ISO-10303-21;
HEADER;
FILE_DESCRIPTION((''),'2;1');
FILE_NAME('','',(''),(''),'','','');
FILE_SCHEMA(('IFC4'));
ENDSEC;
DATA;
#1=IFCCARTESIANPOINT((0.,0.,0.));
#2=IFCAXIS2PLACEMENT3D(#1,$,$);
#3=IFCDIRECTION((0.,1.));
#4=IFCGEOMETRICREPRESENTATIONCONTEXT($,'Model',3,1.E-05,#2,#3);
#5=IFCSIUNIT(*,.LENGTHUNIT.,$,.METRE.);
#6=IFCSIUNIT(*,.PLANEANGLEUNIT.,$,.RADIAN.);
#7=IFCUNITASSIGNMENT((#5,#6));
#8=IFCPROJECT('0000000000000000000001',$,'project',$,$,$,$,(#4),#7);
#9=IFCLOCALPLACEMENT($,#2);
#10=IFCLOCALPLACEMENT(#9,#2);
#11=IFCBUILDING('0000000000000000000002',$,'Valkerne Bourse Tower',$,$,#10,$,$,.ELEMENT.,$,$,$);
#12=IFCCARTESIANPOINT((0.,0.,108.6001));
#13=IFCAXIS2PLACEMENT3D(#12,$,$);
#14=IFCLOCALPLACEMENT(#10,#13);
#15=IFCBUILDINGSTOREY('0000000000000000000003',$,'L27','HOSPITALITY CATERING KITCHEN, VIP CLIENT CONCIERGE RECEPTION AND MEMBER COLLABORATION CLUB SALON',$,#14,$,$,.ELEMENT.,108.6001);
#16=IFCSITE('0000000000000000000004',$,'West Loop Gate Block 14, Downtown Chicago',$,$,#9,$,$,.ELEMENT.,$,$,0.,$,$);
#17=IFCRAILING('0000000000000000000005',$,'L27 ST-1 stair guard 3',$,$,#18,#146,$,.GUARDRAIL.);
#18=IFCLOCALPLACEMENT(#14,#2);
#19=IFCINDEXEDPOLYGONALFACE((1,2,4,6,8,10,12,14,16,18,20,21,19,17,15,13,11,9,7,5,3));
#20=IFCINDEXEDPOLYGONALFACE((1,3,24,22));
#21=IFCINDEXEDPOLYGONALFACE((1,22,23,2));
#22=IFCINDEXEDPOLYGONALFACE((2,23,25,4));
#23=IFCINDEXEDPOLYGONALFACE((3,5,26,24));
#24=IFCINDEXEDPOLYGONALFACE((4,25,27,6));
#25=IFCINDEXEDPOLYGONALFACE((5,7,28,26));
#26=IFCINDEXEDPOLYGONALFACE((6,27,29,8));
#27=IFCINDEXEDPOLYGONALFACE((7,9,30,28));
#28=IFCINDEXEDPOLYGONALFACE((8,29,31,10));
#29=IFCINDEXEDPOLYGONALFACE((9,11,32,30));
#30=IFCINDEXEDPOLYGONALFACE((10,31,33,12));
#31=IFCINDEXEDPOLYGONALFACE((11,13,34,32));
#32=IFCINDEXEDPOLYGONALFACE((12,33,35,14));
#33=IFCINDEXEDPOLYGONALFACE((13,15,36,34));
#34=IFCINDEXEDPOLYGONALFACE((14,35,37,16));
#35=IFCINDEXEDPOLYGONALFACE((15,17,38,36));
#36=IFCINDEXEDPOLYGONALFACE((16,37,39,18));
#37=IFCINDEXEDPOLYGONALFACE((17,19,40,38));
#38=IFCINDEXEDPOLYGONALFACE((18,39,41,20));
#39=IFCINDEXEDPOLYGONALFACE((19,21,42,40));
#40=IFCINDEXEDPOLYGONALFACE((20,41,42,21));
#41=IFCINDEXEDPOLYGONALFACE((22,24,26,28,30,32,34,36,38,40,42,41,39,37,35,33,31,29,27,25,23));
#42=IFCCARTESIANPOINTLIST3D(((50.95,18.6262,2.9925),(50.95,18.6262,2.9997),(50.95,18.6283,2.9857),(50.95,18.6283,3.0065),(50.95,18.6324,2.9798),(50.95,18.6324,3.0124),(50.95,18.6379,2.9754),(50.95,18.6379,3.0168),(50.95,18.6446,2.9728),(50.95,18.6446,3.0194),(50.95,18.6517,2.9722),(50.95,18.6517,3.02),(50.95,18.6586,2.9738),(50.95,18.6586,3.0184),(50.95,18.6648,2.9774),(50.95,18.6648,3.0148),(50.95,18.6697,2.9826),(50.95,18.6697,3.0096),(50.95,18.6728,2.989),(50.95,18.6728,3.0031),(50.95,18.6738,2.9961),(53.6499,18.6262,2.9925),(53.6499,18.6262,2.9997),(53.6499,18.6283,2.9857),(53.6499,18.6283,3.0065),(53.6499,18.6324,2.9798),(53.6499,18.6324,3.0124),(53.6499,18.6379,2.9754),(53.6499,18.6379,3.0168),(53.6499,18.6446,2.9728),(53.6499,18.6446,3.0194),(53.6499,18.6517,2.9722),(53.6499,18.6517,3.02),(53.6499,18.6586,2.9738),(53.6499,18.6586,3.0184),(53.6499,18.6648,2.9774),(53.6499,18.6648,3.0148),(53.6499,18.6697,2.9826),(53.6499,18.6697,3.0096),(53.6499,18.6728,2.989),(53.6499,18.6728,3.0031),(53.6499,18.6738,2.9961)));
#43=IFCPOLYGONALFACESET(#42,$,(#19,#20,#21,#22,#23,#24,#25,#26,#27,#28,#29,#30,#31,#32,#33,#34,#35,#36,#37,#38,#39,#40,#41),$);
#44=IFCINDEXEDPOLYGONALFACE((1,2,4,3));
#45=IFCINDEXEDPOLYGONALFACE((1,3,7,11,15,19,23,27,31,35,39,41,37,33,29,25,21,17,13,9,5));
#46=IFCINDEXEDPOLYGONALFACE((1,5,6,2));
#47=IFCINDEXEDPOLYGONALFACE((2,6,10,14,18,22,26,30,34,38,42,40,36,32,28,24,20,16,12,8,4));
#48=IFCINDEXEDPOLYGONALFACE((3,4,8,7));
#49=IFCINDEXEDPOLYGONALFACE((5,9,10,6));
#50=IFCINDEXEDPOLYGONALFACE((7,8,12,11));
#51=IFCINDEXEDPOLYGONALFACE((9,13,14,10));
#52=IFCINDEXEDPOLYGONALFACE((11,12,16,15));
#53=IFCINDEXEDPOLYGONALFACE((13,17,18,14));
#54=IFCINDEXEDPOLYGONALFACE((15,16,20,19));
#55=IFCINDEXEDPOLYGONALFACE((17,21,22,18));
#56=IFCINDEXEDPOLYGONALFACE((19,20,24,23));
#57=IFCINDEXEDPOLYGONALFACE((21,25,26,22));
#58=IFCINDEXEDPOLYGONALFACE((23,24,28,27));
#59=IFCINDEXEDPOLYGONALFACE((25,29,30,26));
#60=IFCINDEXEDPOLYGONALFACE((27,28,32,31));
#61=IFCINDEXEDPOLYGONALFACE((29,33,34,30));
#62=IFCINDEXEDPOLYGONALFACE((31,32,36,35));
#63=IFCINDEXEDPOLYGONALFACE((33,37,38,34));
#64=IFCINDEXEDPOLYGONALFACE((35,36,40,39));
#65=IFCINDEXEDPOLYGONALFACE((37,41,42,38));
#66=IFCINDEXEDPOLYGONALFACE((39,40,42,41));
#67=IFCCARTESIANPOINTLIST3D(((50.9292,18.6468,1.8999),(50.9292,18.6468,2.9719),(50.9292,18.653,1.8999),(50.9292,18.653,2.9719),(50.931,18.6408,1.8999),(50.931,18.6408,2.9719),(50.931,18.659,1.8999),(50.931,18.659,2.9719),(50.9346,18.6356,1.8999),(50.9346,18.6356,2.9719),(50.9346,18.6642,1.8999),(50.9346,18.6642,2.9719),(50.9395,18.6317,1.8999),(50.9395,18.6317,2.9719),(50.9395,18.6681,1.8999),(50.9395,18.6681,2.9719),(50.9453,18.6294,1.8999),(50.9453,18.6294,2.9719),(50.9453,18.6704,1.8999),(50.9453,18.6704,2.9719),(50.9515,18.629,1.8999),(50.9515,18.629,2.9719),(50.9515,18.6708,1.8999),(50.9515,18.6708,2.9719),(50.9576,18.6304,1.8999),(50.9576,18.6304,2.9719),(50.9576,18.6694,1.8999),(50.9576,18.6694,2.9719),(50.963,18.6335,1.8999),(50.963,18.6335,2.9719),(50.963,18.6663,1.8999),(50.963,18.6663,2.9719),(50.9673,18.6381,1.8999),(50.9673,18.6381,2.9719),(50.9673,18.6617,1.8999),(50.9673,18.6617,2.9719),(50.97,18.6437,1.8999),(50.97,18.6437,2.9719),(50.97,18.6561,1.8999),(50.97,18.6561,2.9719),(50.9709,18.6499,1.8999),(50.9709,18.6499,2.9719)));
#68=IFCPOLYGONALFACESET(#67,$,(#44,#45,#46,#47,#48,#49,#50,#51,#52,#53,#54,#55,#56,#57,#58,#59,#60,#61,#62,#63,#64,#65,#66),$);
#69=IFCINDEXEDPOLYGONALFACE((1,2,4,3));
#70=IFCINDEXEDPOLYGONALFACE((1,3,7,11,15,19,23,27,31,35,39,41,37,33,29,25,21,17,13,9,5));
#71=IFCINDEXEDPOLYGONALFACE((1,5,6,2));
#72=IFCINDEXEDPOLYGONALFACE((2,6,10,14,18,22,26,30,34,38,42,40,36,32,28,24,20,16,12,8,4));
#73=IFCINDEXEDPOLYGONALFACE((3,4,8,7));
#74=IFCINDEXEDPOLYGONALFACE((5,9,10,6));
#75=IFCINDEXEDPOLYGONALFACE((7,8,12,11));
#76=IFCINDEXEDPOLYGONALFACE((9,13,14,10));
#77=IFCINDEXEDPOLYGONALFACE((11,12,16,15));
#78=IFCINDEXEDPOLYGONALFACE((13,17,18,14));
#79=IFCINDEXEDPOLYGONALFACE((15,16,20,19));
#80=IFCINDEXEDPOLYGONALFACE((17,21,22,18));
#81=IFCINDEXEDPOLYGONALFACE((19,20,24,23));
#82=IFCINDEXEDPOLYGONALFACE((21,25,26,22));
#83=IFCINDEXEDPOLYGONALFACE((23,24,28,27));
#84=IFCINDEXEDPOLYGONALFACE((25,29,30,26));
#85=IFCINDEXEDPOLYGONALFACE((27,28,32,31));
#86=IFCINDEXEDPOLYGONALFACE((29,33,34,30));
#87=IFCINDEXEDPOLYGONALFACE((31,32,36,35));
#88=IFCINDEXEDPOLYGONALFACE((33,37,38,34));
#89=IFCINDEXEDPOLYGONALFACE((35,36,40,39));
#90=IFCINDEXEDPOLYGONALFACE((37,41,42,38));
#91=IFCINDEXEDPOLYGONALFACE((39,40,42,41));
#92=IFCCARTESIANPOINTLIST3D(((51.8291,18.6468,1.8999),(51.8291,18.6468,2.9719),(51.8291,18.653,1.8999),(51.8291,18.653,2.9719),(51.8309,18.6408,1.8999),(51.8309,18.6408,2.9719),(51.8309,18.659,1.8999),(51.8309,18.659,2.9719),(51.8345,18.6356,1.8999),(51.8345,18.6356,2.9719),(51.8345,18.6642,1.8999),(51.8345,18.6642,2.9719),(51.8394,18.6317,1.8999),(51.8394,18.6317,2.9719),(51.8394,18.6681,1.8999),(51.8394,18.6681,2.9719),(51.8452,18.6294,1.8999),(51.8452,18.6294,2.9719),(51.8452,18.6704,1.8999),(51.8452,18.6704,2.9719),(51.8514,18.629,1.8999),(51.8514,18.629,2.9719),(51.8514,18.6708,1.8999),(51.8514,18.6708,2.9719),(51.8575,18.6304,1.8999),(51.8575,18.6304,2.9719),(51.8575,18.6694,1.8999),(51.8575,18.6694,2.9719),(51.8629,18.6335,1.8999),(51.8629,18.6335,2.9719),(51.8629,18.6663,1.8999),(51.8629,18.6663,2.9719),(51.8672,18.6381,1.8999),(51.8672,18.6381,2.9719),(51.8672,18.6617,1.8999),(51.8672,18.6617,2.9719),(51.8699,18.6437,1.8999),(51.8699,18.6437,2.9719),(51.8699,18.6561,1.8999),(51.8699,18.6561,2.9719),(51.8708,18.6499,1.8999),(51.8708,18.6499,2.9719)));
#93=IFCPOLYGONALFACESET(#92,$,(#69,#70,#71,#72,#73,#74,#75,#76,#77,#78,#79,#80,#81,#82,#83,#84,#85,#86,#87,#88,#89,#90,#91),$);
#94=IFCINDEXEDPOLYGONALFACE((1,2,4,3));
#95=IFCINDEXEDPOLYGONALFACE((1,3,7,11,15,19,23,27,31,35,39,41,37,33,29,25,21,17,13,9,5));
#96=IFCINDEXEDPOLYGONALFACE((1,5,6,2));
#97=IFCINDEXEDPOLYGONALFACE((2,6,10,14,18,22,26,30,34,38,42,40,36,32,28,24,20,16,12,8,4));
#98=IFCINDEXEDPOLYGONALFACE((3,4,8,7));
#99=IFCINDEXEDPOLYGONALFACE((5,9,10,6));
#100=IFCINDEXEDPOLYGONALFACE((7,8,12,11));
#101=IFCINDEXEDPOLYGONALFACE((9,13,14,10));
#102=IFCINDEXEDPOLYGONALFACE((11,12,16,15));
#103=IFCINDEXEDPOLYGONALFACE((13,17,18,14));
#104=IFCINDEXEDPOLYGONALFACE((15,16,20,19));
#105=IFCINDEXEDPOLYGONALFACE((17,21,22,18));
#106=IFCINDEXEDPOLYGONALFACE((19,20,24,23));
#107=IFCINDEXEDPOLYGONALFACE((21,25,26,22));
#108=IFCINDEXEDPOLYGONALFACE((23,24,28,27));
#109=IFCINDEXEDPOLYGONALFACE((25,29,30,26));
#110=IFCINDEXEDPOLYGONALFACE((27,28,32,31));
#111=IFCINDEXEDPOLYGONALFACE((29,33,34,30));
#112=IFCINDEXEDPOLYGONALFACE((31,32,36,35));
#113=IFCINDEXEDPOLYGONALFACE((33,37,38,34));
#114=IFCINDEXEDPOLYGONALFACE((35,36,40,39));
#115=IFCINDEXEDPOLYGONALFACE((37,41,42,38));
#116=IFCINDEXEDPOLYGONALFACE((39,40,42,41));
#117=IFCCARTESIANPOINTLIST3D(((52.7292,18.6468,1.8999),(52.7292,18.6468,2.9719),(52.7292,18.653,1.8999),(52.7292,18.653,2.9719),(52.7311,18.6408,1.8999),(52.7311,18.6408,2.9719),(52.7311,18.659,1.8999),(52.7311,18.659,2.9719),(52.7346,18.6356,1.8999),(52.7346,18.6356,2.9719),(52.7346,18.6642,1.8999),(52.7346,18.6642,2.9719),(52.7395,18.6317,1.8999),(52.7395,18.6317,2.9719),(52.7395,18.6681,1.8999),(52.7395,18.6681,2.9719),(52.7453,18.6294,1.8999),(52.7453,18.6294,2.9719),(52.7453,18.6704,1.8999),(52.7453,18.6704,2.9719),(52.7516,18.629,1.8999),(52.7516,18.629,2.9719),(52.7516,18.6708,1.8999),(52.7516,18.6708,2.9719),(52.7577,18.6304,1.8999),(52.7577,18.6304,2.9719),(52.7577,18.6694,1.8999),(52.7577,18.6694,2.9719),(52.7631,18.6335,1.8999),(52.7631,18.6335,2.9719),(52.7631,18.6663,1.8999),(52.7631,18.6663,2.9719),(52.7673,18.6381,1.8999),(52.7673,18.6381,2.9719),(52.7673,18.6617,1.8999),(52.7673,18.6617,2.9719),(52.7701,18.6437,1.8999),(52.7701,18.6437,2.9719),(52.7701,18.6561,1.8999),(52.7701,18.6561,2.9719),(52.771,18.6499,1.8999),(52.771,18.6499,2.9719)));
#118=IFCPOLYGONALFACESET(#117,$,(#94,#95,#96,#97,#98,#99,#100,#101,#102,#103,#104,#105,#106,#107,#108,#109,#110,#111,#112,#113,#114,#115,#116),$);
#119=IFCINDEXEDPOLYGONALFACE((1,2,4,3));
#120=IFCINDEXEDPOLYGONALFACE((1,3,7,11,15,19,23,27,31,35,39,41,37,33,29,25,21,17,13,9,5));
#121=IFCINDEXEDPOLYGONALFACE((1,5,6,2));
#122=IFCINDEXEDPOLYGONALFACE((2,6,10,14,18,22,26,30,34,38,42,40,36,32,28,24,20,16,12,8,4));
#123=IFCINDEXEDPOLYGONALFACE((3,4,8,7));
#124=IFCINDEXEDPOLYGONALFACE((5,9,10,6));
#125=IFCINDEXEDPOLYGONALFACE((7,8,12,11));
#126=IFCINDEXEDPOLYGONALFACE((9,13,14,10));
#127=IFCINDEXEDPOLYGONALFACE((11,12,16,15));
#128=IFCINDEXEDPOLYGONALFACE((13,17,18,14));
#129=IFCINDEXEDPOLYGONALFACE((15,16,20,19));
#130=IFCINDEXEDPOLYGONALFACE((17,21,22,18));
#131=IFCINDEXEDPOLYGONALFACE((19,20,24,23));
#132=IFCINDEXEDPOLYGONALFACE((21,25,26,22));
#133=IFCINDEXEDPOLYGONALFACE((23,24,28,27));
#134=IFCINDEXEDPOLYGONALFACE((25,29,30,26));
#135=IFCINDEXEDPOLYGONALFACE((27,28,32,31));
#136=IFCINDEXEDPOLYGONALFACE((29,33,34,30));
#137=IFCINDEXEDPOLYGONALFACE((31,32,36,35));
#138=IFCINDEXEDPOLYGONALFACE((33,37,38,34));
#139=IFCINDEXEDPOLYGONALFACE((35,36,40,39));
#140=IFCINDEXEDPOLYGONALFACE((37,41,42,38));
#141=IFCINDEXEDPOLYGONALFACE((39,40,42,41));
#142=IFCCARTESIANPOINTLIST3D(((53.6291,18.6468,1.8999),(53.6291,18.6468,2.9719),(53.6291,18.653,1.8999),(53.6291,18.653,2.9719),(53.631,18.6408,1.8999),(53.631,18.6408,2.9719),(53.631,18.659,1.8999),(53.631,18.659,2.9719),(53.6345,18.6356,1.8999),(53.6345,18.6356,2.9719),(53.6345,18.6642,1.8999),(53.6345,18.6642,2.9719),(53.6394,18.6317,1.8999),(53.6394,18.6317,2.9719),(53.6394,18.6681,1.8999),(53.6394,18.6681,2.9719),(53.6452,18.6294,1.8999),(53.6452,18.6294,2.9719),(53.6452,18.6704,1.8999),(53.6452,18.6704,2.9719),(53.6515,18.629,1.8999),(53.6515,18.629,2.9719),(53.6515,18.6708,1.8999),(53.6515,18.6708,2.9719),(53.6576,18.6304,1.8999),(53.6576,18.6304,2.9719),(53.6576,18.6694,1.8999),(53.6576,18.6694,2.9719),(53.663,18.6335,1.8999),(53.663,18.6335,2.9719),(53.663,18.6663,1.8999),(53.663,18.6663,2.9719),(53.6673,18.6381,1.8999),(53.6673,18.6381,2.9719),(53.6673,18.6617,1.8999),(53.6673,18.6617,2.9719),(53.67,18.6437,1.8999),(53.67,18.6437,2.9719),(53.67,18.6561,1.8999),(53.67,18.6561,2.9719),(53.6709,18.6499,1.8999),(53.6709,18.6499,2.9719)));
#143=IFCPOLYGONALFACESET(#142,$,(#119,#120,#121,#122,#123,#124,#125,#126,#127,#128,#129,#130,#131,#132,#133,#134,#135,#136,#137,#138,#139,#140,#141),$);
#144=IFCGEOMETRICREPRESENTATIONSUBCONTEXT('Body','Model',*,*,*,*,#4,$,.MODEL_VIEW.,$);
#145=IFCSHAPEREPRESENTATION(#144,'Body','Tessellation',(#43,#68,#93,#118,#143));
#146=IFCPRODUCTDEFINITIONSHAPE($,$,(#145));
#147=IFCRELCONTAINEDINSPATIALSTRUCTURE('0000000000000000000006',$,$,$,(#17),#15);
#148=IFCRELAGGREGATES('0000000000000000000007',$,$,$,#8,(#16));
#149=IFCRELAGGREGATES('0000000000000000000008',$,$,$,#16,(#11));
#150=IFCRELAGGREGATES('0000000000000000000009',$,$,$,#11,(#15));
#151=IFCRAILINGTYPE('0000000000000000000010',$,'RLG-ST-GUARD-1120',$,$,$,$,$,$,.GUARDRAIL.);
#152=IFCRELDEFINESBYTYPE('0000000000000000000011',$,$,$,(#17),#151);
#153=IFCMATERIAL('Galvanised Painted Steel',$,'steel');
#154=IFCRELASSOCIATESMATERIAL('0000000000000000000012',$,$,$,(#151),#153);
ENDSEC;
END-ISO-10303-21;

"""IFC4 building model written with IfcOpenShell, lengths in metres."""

from ifc_helpers import new_model, si_unit, direction, frame, origin, origin_2d, place, context, subcontext, project, spatial, circle, extrude, material, type_object, element, save


model = new_model("IFC4")

# Units and contexts
model_context = context("Model", 3, precision=1e-05, world=origin(), true_north=direction((0.0, 1.0)))
body_context = subcontext(model_context, "Body", "Model", "MODEL_VIEW")
ifc_project = project(units=[si_unit("LENGTHUNIT", "METRE"), si_unit("PLANEANGLEUNIT", "RADIAN")], contexts=[model_context])

# Site, building, storey
site_placement = place(None, origin())
site = spatial("IfcSite", under=ifc_project, at=site_placement, Name="West Loop Gate Block 14, Downtown Chicago", CompositionType="ELEMENT", RefElevation=0.0)
building_placement = place(site_placement, origin())
building = spatial("IfcBuilding", under=site, at=building_placement, Name="Valkerne Bourse Tower", CompositionType="ELEMENT")
storey_placement = place(building_placement, frame((0.0, 0.0, 108.6001)))
storey = spatial("IfcBuildingStorey", under=building, at=storey_placement, Name="L27", Description="HOSPITALITY CATERING KITCHEN, VIP CLIENT CONCIERGE RECEPTION AND MEMBER COLLABORATION CLUB SALON", CompositionType="ELEMENT", Elevation=108.6001)

# Shared definitions
ifc_material_1 = material(Name="Galvanised Painted Steel", Category="steel")

# Railing
railing_type_1 = type_object("IfcRailingType", Name="RLG-ST-GUARD-1120", PredefinedType="GUARDRAIL", material=ifc_material_1)
for number, where, name in (
    (1, (50.95, 18.6499, 1.8999), "L27 ST-1 stair guard 3"),
):
    element("IfcRailing", number, at=place(storey_placement, frame(where)), inside=storey, type_object=railing_type_1, Name=name, PredefinedType="GUARDRAIL", context=body_context, shape_type="SweptSolid", body=[
        extrude(circle(Radius=0.0239, at=origin_2d()), frame((0.0, 0.0, 1.0962), z_axis=(1.0, 0.0, 0.0), x_axis=(0.0, 1.0, 0.0)), (0.0, 0.0, 1.0), 2.7),
        extrude(circle(Radius=0.021, at=origin_2d()), origin(), (0.0, 0.0, 1.0), 1.072),
        extrude(circle(Radius=0.021, at=origin_2d()), frame((0.8999, 0.0, 0.0)), (0.0, 0.0, 1.0), 1.072),
        extrude(circle(Radius=0.021, at=origin_2d()), frame((1.8, 0.0, 0.0)), (0.0, 0.0, 1.0), 1.072),
        extrude(circle(Radius=0.021, at=origin_2d()), frame((2.7, 0.0, 0.0)), (0.0, 0.0, 1.0), 1.072),
    ])

save(model, "model.ifc")
